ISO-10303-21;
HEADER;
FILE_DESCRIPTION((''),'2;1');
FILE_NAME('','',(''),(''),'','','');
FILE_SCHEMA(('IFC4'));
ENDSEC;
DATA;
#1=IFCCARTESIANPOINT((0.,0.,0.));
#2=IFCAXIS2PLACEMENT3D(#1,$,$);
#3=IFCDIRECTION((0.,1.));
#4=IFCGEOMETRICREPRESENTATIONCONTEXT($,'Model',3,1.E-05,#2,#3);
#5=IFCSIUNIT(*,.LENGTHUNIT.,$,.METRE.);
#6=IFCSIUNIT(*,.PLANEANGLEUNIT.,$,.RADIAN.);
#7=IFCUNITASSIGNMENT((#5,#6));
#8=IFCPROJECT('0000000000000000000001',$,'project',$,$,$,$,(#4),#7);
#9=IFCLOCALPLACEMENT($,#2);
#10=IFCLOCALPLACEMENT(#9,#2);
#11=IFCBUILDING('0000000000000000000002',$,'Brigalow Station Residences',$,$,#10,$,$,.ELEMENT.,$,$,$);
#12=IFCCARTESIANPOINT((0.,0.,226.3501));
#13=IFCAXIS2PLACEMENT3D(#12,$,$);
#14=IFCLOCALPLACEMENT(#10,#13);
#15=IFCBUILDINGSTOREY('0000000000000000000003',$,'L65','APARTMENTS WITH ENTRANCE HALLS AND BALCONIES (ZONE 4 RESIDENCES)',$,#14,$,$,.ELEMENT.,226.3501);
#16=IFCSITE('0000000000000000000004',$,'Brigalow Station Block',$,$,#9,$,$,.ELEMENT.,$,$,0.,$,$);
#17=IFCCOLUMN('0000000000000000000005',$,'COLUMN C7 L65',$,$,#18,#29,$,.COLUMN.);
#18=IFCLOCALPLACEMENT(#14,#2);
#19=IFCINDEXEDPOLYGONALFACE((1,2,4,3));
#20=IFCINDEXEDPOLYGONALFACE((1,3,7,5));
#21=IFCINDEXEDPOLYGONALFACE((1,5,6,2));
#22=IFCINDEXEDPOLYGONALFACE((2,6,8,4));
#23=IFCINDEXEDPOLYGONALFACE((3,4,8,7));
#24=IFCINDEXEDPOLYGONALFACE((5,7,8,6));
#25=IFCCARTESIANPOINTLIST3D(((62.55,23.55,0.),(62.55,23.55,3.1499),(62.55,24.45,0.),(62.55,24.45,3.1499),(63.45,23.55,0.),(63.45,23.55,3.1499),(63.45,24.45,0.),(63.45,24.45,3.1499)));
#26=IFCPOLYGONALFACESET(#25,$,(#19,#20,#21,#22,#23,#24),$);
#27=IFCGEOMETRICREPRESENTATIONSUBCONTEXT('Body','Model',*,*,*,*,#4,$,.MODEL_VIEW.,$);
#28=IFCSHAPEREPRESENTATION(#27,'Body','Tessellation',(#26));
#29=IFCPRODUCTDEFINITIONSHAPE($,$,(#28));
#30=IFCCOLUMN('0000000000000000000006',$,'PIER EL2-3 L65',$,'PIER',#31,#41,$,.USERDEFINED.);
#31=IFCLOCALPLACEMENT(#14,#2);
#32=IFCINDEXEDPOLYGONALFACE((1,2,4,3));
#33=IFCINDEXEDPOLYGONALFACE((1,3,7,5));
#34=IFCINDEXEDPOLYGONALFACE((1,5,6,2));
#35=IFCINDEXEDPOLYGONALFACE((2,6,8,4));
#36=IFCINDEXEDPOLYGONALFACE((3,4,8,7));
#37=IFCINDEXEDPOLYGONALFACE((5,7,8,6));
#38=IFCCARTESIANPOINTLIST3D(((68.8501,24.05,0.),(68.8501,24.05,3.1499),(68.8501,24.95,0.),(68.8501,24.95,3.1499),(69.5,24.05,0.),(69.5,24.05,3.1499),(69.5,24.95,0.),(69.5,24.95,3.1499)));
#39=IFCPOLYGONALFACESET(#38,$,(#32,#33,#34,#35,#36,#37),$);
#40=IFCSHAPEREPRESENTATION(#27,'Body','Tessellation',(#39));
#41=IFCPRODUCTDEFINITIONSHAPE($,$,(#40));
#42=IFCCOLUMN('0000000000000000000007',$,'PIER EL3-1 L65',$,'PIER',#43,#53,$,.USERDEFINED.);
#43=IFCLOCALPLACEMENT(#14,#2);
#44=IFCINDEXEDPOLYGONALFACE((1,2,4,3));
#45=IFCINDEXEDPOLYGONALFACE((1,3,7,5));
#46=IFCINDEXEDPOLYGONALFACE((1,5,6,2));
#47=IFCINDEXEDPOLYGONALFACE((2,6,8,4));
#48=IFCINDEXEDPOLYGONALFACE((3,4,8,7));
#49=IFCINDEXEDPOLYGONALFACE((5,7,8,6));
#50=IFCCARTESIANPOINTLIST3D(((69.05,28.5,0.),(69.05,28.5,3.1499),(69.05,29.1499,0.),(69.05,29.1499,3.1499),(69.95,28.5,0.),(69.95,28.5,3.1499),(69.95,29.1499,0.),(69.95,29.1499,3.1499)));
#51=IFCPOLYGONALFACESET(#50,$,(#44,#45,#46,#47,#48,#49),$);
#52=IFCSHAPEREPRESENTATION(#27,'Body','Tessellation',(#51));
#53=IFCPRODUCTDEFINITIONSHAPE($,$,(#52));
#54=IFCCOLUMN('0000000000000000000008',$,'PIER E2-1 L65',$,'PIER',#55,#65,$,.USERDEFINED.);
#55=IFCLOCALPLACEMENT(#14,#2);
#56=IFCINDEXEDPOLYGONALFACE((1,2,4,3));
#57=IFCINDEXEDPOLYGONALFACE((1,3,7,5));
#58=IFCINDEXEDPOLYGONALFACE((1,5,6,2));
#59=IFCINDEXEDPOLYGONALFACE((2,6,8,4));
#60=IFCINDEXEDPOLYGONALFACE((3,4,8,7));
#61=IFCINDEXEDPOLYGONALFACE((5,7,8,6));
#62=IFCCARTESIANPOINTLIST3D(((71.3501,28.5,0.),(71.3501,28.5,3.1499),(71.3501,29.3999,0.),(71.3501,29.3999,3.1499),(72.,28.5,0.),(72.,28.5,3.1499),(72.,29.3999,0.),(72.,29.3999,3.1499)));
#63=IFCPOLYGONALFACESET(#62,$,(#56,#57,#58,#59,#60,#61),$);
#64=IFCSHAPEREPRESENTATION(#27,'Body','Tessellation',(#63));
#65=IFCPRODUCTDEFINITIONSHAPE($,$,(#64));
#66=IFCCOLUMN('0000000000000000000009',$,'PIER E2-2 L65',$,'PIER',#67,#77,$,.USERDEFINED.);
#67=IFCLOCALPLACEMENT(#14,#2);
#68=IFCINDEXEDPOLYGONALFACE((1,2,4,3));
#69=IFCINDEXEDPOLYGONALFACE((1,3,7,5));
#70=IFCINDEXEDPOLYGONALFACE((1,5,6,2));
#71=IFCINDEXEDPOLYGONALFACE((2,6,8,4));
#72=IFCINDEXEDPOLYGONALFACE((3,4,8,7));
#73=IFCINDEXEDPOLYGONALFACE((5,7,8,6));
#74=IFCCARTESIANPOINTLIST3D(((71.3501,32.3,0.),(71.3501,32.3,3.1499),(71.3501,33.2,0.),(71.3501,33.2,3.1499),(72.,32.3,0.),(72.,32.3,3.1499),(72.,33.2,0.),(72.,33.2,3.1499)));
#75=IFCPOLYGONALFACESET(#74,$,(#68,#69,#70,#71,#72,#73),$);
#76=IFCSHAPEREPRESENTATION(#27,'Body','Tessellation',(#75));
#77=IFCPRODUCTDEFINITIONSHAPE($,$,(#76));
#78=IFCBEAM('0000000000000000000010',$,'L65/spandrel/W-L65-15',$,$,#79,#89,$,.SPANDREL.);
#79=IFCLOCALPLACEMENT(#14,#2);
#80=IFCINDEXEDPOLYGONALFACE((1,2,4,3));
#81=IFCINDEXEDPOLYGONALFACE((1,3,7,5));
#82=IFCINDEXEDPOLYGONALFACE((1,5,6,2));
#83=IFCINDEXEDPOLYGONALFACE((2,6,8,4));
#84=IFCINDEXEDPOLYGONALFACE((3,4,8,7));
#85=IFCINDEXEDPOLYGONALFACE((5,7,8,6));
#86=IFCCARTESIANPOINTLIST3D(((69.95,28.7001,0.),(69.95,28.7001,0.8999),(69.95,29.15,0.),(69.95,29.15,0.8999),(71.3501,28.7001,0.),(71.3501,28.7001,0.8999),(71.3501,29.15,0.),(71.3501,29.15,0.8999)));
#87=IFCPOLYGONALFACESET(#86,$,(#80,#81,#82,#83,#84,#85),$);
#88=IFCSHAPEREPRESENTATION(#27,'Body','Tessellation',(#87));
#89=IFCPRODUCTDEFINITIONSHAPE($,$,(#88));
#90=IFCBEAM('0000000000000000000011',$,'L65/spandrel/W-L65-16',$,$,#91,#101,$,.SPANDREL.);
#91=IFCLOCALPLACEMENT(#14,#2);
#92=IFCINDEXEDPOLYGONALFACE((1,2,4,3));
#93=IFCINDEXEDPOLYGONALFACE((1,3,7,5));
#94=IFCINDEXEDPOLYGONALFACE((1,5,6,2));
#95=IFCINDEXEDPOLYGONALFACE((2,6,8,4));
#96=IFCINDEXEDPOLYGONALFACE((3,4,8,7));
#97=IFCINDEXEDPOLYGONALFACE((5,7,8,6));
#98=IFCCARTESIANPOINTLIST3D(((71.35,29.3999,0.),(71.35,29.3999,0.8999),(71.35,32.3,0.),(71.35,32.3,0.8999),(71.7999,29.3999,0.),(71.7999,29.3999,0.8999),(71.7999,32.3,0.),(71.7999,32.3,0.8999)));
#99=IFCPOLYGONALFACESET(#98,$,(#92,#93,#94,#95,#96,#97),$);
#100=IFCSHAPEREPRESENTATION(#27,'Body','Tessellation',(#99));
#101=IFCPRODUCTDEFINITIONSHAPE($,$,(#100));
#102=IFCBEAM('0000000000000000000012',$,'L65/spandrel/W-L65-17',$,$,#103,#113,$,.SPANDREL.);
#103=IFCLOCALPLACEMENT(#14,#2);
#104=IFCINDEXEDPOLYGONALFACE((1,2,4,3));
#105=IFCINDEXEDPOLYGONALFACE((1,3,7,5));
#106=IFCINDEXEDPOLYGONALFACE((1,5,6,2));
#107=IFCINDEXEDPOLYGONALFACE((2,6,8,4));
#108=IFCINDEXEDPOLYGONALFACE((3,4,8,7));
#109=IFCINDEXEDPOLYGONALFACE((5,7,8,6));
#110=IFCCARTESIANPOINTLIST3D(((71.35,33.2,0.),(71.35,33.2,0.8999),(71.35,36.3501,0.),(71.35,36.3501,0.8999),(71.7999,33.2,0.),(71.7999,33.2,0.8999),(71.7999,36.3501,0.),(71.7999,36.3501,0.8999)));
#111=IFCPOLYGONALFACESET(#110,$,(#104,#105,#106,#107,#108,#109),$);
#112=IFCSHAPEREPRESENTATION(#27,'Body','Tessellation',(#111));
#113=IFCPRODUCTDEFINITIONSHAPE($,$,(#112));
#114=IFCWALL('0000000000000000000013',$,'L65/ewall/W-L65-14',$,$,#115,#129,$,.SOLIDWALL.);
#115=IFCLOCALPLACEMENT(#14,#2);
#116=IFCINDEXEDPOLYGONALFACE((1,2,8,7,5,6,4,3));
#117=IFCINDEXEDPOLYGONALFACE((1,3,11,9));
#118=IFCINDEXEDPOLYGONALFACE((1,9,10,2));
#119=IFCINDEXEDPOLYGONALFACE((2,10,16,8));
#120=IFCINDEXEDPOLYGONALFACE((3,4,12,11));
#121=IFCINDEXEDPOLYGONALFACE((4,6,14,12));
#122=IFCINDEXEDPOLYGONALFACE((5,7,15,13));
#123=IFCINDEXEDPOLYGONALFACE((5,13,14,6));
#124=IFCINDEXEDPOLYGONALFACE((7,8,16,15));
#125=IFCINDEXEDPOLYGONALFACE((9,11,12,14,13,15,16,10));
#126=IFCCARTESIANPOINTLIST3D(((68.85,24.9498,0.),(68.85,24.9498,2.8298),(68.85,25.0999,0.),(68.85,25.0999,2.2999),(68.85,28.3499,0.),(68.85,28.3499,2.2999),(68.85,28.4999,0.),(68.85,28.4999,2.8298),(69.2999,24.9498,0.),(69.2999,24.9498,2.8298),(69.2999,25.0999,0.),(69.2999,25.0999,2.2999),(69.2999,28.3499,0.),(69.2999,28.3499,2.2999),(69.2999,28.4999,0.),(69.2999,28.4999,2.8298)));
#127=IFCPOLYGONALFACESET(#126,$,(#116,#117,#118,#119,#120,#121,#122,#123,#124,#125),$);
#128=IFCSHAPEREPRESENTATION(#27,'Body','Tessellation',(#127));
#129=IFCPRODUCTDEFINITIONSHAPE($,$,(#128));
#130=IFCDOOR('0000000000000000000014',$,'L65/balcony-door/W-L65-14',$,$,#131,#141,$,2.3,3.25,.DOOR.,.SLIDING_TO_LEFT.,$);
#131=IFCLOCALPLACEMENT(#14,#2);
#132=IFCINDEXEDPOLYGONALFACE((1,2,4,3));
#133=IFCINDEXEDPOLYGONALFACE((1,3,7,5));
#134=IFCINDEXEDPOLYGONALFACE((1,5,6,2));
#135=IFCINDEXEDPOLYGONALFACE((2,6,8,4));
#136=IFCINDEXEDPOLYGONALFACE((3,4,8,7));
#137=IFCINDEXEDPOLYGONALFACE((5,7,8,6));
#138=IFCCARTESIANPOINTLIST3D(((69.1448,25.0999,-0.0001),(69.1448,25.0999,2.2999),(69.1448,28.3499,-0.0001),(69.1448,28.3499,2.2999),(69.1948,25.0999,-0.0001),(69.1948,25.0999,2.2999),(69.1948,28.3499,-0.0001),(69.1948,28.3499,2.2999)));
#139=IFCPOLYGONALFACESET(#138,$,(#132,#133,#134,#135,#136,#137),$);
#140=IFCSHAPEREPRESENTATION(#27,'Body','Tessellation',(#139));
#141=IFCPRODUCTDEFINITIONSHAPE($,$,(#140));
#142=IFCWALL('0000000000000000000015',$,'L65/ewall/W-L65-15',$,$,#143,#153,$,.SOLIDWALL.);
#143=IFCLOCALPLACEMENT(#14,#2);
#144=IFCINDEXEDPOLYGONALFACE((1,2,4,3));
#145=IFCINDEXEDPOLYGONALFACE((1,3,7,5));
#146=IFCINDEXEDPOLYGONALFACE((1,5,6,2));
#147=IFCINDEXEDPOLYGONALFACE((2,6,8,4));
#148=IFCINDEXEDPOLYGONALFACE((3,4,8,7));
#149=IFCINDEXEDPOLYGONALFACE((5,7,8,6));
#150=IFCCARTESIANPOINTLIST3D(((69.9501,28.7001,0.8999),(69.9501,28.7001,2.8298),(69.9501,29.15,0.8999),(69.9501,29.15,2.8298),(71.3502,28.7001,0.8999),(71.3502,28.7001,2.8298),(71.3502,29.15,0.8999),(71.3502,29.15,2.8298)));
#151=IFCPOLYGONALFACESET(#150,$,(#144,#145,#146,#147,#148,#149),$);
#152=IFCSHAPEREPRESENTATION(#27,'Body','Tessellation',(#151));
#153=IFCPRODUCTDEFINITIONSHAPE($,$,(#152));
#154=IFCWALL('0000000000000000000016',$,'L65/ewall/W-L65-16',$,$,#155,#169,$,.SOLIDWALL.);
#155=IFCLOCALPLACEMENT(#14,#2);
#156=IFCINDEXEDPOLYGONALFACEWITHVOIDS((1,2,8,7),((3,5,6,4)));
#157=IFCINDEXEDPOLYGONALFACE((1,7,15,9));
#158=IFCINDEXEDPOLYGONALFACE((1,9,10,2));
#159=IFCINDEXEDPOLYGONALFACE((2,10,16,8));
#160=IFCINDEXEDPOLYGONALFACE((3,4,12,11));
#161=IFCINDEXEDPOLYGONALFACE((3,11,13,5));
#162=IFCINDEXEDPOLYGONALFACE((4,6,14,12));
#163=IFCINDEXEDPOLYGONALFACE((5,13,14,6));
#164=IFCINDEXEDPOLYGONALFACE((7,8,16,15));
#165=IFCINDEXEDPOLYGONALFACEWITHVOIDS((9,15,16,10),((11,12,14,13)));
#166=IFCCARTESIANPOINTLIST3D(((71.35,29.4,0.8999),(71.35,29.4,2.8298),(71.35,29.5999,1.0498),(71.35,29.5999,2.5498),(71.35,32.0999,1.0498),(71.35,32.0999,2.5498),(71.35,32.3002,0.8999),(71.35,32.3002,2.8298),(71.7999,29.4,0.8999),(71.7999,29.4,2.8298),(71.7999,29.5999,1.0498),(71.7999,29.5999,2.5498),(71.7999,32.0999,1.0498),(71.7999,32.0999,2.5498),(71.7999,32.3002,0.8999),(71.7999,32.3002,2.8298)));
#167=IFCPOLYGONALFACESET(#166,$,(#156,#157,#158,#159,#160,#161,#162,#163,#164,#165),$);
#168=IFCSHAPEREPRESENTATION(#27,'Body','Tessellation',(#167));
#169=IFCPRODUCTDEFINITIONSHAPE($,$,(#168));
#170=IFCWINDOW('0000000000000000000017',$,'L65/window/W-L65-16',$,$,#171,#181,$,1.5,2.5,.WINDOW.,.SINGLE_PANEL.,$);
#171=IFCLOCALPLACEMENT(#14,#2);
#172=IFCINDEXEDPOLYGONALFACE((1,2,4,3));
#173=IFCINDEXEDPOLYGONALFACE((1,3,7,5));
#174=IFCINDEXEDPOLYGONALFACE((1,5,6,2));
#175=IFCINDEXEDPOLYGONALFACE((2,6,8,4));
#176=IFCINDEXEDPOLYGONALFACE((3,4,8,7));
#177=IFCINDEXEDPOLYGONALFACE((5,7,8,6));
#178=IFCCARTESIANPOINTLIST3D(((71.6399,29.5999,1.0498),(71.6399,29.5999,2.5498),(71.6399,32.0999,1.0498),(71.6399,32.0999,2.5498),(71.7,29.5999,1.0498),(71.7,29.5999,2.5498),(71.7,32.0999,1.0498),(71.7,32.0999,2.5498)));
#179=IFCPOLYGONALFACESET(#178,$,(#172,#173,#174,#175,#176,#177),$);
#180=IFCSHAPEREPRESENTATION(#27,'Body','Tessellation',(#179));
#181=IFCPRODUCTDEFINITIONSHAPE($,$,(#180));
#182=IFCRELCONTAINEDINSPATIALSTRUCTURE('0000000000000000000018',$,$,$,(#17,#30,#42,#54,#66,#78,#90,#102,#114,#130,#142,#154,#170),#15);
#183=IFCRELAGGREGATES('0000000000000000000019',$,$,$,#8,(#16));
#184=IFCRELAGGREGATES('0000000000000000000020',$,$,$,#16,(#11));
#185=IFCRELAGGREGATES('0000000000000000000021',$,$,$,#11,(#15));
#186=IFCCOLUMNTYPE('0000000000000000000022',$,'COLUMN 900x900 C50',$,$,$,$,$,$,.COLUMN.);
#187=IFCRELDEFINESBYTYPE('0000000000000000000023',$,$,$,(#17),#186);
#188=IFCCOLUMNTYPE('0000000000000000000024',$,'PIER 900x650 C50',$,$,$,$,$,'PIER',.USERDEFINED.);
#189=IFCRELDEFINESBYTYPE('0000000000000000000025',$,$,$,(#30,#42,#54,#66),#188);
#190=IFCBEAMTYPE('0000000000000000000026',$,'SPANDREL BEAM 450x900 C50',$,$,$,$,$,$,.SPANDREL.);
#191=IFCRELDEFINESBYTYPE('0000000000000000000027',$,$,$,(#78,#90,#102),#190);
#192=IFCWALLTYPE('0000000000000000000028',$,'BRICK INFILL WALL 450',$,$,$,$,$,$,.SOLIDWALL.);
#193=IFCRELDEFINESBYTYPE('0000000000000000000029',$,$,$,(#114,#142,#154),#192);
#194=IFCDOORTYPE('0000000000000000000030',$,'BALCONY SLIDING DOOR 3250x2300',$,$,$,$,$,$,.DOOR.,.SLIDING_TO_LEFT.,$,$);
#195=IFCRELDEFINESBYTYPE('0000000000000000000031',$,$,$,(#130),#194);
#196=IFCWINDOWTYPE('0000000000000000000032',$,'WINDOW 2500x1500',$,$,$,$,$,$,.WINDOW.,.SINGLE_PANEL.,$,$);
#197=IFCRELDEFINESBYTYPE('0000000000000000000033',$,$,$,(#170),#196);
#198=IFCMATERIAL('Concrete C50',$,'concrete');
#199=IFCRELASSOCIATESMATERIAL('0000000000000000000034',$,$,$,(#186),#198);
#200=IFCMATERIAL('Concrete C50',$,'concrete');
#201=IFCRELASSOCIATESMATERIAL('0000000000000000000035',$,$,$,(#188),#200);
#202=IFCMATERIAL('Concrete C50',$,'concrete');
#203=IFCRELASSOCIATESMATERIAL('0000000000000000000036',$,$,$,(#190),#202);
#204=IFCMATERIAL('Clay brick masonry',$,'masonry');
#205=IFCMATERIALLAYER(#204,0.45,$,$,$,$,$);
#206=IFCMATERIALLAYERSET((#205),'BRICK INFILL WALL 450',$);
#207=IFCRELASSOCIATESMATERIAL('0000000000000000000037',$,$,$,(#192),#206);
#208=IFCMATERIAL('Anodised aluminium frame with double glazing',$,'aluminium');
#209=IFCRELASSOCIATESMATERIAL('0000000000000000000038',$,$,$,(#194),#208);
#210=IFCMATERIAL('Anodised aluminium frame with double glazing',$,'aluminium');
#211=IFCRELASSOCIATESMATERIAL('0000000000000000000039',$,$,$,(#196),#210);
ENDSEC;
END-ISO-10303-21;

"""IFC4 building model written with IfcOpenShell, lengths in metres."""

from ifc_helpers import new_model, si_unit, direction, frame, frame_2d, origin, origin_2d, place, context, subcontext, project, spatial, rectangle, extrude, material, layer, layer_set, material_profile, profile_set, type_object, element, fill, save


model = new_model("IFC4")

# Units and contexts
model_context = context("Model", 3, precision=1e-05, world=origin(), true_north=direction((0.0, 1.0)))
body_context = subcontext(model_context, "Body", "Model", "MODEL_VIEW")
ifc_project = project(units=[si_unit("LENGTHUNIT", "METRE"), si_unit("PLANEANGLEUNIT", "RADIAN")], contexts=[model_context])

# Site, building, storey
site_placement = place(None, origin())
site = spatial("IfcSite", under=ifc_project, at=site_placement, Name="Brigalow Station Block", CompositionType="ELEMENT", RefElevation=0.0)
building_placement = place(site_placement, origin())
building = spatial("IfcBuilding", under=site, at=building_placement, Name="Brigalow Station Residences", CompositionType="ELEMENT")
storey_placement = place(building_placement, frame((0.0, 0.0, 226.3501)))
storey = spatial("IfcBuildingStorey", under=building, at=storey_placement, Name="L65", Description="APARTMENTS WITH ENTRANCE HALLS AND BALCONIES (ZONE 4 RESIDENCES)", CompositionType="ELEMENT", Elevation=226.3501)

# Columns
ifc_material_1 = material(Name="Concrete C50", Category="concrete")
ifc_material_profile_1 = material_profile(ifc_material_1, rectangle(XDim=0.8999, YDim=0.8999, at=origin_2d()), Name="RC900x900")
ifc_profile_set_1 = profile_set([ifc_material_profile_1], Name="Concrete C50")
column_type_1 = type_object("IfcColumnType", Name="COLUMN 900x900 C50", PredefinedType="COLUMN", material=ifc_profile_set_1)
column_placement = place(storey_placement, frame((63.0, 24.0, 0.0), z_axis=(0.0, 0.0, 1.0), x_axis=(1.0, 0.0, 0.0)))
element("IfcColumn", 1, at=column_placement, inside=storey, type_object=column_type_1, Name="COLUMN C7 L65", PredefinedType="COLUMN", context=body_context, shape_type="SweptSolid", body=[
    extrude(rectangle(XDim=0.8999, YDim=0.8999, at=origin_2d()), origin(), (0.0, 0.0, 1.0), 3.1499),
])
ifc_material_2 = material(Name="Concrete C50", Category="concrete")
ifc_material_profile_2 = material_profile(ifc_material_2, rectangle(XDim=0.8999, YDim=0.6499, at=origin_2d()), Name="RC900x650")
ifc_profile_set_2 = profile_set([ifc_material_profile_2], Name="Concrete C50")
column_type_2 = type_object("IfcColumnType", Name="PIER 900x650 C50", ElementType="PIER", PredefinedType="USERDEFINED", material=ifc_profile_set_2)
for number, where, z_axis, x_axis, name in (
    (2, (69.175, 24.5, 0.0), (0.0, 0.0, 1.0), (0.0, 1.0, 0.0), "PIER EL2-3 L65"),
    (3, (69.5, 28.825, 0.0), (0.0, 0.0, 1.0), (1.0, 0.0, 0.0), "PIER EL3-1 L65"),
    (4, (71.675, 28.95, 0.0), (0.0, 0.0, 1.0), (0.0, 1.0, 0.0), "PIER E2-1 L65"),
    (5, (71.675, 32.75, 0.0), (0.0, 0.0, 1.0), (0.0, 1.0, 0.0), "PIER E2-2 L65"),
):
    element("IfcColumn", number, at=place(storey_placement, frame(where, z_axis=z_axis, x_axis=x_axis)), inside=storey, type_object=column_type_2, Name=name, ObjectType="PIER", PredefinedType="USERDEFINED", context=body_context, shape_type="SweptSolid", body=[
        extrude(rectangle(XDim=0.8999, YDim=0.6499, at=origin_2d()), origin(), (0.0, 0.0, 1.0), 3.1499),
    ])

# Beams
ifc_material_3 = material(Name="Concrete C50", Category="concrete")
ifc_material_profile_3 = material_profile(ifc_material_3, rectangle(XDim=0.45, YDim=0.8999, at=origin_2d()), Name="RC450x900")
ifc_profile_set_3 = profile_set([ifc_material_profile_3], Name="Concrete C50")
beam_type = type_object("IfcBeamType", Name="SPANDREL BEAM 450x900 C50", PredefinedType="SPANDREL", material=ifc_profile_set_3)
beam_1_placement = place(storey_placement, frame((69.95, 28.925, 0.45), z_axis=(1.0, 0.0, 0.0), x_axis=(0.0, 1.0, 0.0)))
element("IfcBeam", 6, at=beam_1_placement, inside=storey, type_object=beam_type, Name="L65/spandrel/W-L65-15", PredefinedType="SPANDREL", context=body_context, shape_type="SweptSolid", body=[
    extrude(rectangle(XDim=0.45, YDim=0.8999, at=origin_2d()), origin(), (0.0, 0.0, 1.0), 1.4001),
])
beam_2_placement = place(storey_placement, frame((71.575, 29.3999, 0.45), z_axis=(0.0, 1.0, 0.0), x_axis=(-1.0, 0.0, 0.0)))
element("IfcBeam", 7, at=beam_2_placement, inside=storey, type_object=beam_type, Name="L65/spandrel/W-L65-16", PredefinedType="SPANDREL", context=body_context, shape_type="SweptSolid", body=[
    extrude(rectangle(XDim=0.45, YDim=0.8999, at=origin_2d()), origin(), (0.0, 0.0, 1.0), 2.9001),
])
beam_3_placement = place(storey_placement, frame((71.575, 33.2, 0.45), z_axis=(0.0, 1.0, 0.0), x_axis=(-1.0, 0.0, 0.0)))
element("IfcBeam", 8, at=beam_3_placement, inside=storey, type_object=beam_type, Name="L65/spandrel/W-L65-17", PredefinedType="SPANDREL", context=body_context, shape_type="SweptSolid", body=[
    extrude(rectangle(XDim=0.45, YDim=0.8999, at=origin_2d()), origin(), (0.0, 0.0, 1.0), 3.1501),
])

# Wall, opening, door
ifc_material_4 = material(Name="Clay brick masonry", Category="masonry")
ifc_layer_1 = layer(ifc_material_4, 0.45)
ifc_layer_set_1 = layer_set([ifc_layer_1], Name="BRICK INFILL WALL 450")
wall_type_1 = type_object("IfcWallType", Name="BRICK INFILL WALL 450", PredefinedType="SOLIDWALL", material=ifc_layer_set_1)
wall_1_placement = place(storey_placement, frame((69.075, 24.95, 0.0), z_axis=(0.0, 0.0, 1.0), x_axis=(0.0, 1.0, 0.0)))
wall_1 = element("IfcWall", 9, at=wall_1_placement, inside=storey, type_object=wall_type_1, Name="L65/ewall/W-L65-14", PredefinedType="SOLIDWALL", context=body_context, shape_type="SweptSolid", body=[
    extrude(rectangle(XDim=3.55, YDim=0.45, at=frame_2d((1.7749, 0.0))), origin(), (0.0, 0.0, 1.0), 2.8298),
])
opening_1_placement = place(wall_1_placement, frame((0.1499, 0.0, 0.0)))
opening_1 = element("IfcOpeningElement", 10, at=opening_1_placement, cuts=wall_1, PredefinedType="OPENING", context=body_context, shape_type="SweptSolid", body=[
    extrude(rectangle(XDim=3.25, YDim=2.3, at=frame_2d((1.625, 1.1499))), frame((0.0, 0.2349, 0.0), z_axis=(0.0, -1.0, 0.0), x_axis=(1.0, 0.0, 0.0)), (0.0, 0.0, 1.0), 0.47),
])
ifc_material_5 = material(Name="Anodised aluminium frame with double glazing", Category="aluminium")
door_type_1 = type_object("IfcDoorType", Name="BALCONY SLIDING DOOR 3250x2300", OperationType="SLIDING_TO_LEFT", PredefinedType="DOOR", material=ifc_material_5)
door_1_placement = place(opening_1_placement, origin())
door_1 = element("IfcDoor", 11, at=door_1_placement, inside=storey, type_object=door_type_1, Name="L65/balcony-door/W-L65-14", OperationType="SLIDING_TO_LEFT", OverallHeight=2.3, OverallWidth=3.25, PredefinedType="DOOR", context=body_context, shape_type="SweptSolid", body=[
    extrude(rectangle(XDim=3.25, YDim=2.3, at=frame_2d((1.625, 1.1499))), frame((0.0, -0.0698, 0.0), z_axis=(0.0, -1.0, 0.0), x_axis=(1.0, 0.0, 0.0)), (0.0, 0.0, 1.0), 0.05),
])
fill(opening_1, door_1)

# Wall
wall_2_placement = place(storey_placement, frame((69.95, 28.925, 0.8999), z_axis=(0.0, 0.0, 1.0), x_axis=(1.0, 0.0, 0.0)))
element("IfcWall", 12, at=wall_2_placement, inside=storey, type_object=wall_type_1, Name="L65/ewall/W-L65-15", PredefinedType="SOLIDWALL", context=body_context, shape_type="SweptSolid", body=[
    extrude(rectangle(XDim=1.4001, YDim=0.45, at=frame_2d((0.7002, 0.0))), origin(), (0.0, 0.0, 1.0), 1.9299),
])

# Wall, opening, window
wall_3_placement = place(storey_placement, frame((71.575, 29.3999, 0.8999), z_axis=(0.0, 0.0, 1.0), x_axis=(0.0, 1.0, 0.0)))
wall_3 = element("IfcWall", 13, at=wall_3_placement, inside=storey, type_object=wall_type_1, Name="L65/ewall/W-L65-16", PredefinedType="SOLIDWALL", context=body_context, shape_type="SweptSolid", body=[
    extrude(rectangle(XDim=2.9001, YDim=0.45, at=frame_2d((1.4502, 0.0))), origin(), (0.0, 0.0, 1.0), 1.9299),
])
opening_2_placement = place(wall_3_placement, frame((0.2, 0.0, 0.1499)))
opening_2 = element("IfcOpeningElement", 14, at=opening_2_placement, cuts=wall_3, PredefinedType="OPENING", context=body_context, shape_type="SweptSolid", body=[
    extrude(rectangle(XDim=2.5, YDim=1.5, at=frame_2d((1.25, 0.75))), frame((0.0, 0.2349, 0.0), z_axis=(0.0, -1.0, 0.0), x_axis=(1.0, 0.0, 0.0)), (0.0, 0.0, 1.0), 0.47),
])
ifc_material_6 = material(Name="Anodised aluminium frame with double glazing", Category="aluminium")
window_type = type_object("IfcWindowType", Name="WINDOW 2500x1500", PartitioningType="SINGLE_PANEL", PredefinedType="WINDOW", material=ifc_material_6)
window_placement = place(opening_2_placement, origin())
window = element("IfcWindow", 15, at=window_placement, inside=storey, type_object=window_type, Name="L65/window/W-L65-16", OverallHeight=1.5, OverallWidth=2.5, PartitioningType="SINGLE_PANEL", PredefinedType="WINDOW", context=body_context, shape_type="SweptSolid", body=[
    extrude(rectangle(XDim=2.5, YDim=1.5, at=frame_2d((1.25, 0.75))), frame((0.0, -0.0649, 0.0), z_axis=(0.0, -1.0, 0.0), x_axis=(1.0, 0.0, 0.0)), (0.0, 0.0, 1.0), 0.0601),
])
fill(opening_2, window)

save(model, "model.ifc")
